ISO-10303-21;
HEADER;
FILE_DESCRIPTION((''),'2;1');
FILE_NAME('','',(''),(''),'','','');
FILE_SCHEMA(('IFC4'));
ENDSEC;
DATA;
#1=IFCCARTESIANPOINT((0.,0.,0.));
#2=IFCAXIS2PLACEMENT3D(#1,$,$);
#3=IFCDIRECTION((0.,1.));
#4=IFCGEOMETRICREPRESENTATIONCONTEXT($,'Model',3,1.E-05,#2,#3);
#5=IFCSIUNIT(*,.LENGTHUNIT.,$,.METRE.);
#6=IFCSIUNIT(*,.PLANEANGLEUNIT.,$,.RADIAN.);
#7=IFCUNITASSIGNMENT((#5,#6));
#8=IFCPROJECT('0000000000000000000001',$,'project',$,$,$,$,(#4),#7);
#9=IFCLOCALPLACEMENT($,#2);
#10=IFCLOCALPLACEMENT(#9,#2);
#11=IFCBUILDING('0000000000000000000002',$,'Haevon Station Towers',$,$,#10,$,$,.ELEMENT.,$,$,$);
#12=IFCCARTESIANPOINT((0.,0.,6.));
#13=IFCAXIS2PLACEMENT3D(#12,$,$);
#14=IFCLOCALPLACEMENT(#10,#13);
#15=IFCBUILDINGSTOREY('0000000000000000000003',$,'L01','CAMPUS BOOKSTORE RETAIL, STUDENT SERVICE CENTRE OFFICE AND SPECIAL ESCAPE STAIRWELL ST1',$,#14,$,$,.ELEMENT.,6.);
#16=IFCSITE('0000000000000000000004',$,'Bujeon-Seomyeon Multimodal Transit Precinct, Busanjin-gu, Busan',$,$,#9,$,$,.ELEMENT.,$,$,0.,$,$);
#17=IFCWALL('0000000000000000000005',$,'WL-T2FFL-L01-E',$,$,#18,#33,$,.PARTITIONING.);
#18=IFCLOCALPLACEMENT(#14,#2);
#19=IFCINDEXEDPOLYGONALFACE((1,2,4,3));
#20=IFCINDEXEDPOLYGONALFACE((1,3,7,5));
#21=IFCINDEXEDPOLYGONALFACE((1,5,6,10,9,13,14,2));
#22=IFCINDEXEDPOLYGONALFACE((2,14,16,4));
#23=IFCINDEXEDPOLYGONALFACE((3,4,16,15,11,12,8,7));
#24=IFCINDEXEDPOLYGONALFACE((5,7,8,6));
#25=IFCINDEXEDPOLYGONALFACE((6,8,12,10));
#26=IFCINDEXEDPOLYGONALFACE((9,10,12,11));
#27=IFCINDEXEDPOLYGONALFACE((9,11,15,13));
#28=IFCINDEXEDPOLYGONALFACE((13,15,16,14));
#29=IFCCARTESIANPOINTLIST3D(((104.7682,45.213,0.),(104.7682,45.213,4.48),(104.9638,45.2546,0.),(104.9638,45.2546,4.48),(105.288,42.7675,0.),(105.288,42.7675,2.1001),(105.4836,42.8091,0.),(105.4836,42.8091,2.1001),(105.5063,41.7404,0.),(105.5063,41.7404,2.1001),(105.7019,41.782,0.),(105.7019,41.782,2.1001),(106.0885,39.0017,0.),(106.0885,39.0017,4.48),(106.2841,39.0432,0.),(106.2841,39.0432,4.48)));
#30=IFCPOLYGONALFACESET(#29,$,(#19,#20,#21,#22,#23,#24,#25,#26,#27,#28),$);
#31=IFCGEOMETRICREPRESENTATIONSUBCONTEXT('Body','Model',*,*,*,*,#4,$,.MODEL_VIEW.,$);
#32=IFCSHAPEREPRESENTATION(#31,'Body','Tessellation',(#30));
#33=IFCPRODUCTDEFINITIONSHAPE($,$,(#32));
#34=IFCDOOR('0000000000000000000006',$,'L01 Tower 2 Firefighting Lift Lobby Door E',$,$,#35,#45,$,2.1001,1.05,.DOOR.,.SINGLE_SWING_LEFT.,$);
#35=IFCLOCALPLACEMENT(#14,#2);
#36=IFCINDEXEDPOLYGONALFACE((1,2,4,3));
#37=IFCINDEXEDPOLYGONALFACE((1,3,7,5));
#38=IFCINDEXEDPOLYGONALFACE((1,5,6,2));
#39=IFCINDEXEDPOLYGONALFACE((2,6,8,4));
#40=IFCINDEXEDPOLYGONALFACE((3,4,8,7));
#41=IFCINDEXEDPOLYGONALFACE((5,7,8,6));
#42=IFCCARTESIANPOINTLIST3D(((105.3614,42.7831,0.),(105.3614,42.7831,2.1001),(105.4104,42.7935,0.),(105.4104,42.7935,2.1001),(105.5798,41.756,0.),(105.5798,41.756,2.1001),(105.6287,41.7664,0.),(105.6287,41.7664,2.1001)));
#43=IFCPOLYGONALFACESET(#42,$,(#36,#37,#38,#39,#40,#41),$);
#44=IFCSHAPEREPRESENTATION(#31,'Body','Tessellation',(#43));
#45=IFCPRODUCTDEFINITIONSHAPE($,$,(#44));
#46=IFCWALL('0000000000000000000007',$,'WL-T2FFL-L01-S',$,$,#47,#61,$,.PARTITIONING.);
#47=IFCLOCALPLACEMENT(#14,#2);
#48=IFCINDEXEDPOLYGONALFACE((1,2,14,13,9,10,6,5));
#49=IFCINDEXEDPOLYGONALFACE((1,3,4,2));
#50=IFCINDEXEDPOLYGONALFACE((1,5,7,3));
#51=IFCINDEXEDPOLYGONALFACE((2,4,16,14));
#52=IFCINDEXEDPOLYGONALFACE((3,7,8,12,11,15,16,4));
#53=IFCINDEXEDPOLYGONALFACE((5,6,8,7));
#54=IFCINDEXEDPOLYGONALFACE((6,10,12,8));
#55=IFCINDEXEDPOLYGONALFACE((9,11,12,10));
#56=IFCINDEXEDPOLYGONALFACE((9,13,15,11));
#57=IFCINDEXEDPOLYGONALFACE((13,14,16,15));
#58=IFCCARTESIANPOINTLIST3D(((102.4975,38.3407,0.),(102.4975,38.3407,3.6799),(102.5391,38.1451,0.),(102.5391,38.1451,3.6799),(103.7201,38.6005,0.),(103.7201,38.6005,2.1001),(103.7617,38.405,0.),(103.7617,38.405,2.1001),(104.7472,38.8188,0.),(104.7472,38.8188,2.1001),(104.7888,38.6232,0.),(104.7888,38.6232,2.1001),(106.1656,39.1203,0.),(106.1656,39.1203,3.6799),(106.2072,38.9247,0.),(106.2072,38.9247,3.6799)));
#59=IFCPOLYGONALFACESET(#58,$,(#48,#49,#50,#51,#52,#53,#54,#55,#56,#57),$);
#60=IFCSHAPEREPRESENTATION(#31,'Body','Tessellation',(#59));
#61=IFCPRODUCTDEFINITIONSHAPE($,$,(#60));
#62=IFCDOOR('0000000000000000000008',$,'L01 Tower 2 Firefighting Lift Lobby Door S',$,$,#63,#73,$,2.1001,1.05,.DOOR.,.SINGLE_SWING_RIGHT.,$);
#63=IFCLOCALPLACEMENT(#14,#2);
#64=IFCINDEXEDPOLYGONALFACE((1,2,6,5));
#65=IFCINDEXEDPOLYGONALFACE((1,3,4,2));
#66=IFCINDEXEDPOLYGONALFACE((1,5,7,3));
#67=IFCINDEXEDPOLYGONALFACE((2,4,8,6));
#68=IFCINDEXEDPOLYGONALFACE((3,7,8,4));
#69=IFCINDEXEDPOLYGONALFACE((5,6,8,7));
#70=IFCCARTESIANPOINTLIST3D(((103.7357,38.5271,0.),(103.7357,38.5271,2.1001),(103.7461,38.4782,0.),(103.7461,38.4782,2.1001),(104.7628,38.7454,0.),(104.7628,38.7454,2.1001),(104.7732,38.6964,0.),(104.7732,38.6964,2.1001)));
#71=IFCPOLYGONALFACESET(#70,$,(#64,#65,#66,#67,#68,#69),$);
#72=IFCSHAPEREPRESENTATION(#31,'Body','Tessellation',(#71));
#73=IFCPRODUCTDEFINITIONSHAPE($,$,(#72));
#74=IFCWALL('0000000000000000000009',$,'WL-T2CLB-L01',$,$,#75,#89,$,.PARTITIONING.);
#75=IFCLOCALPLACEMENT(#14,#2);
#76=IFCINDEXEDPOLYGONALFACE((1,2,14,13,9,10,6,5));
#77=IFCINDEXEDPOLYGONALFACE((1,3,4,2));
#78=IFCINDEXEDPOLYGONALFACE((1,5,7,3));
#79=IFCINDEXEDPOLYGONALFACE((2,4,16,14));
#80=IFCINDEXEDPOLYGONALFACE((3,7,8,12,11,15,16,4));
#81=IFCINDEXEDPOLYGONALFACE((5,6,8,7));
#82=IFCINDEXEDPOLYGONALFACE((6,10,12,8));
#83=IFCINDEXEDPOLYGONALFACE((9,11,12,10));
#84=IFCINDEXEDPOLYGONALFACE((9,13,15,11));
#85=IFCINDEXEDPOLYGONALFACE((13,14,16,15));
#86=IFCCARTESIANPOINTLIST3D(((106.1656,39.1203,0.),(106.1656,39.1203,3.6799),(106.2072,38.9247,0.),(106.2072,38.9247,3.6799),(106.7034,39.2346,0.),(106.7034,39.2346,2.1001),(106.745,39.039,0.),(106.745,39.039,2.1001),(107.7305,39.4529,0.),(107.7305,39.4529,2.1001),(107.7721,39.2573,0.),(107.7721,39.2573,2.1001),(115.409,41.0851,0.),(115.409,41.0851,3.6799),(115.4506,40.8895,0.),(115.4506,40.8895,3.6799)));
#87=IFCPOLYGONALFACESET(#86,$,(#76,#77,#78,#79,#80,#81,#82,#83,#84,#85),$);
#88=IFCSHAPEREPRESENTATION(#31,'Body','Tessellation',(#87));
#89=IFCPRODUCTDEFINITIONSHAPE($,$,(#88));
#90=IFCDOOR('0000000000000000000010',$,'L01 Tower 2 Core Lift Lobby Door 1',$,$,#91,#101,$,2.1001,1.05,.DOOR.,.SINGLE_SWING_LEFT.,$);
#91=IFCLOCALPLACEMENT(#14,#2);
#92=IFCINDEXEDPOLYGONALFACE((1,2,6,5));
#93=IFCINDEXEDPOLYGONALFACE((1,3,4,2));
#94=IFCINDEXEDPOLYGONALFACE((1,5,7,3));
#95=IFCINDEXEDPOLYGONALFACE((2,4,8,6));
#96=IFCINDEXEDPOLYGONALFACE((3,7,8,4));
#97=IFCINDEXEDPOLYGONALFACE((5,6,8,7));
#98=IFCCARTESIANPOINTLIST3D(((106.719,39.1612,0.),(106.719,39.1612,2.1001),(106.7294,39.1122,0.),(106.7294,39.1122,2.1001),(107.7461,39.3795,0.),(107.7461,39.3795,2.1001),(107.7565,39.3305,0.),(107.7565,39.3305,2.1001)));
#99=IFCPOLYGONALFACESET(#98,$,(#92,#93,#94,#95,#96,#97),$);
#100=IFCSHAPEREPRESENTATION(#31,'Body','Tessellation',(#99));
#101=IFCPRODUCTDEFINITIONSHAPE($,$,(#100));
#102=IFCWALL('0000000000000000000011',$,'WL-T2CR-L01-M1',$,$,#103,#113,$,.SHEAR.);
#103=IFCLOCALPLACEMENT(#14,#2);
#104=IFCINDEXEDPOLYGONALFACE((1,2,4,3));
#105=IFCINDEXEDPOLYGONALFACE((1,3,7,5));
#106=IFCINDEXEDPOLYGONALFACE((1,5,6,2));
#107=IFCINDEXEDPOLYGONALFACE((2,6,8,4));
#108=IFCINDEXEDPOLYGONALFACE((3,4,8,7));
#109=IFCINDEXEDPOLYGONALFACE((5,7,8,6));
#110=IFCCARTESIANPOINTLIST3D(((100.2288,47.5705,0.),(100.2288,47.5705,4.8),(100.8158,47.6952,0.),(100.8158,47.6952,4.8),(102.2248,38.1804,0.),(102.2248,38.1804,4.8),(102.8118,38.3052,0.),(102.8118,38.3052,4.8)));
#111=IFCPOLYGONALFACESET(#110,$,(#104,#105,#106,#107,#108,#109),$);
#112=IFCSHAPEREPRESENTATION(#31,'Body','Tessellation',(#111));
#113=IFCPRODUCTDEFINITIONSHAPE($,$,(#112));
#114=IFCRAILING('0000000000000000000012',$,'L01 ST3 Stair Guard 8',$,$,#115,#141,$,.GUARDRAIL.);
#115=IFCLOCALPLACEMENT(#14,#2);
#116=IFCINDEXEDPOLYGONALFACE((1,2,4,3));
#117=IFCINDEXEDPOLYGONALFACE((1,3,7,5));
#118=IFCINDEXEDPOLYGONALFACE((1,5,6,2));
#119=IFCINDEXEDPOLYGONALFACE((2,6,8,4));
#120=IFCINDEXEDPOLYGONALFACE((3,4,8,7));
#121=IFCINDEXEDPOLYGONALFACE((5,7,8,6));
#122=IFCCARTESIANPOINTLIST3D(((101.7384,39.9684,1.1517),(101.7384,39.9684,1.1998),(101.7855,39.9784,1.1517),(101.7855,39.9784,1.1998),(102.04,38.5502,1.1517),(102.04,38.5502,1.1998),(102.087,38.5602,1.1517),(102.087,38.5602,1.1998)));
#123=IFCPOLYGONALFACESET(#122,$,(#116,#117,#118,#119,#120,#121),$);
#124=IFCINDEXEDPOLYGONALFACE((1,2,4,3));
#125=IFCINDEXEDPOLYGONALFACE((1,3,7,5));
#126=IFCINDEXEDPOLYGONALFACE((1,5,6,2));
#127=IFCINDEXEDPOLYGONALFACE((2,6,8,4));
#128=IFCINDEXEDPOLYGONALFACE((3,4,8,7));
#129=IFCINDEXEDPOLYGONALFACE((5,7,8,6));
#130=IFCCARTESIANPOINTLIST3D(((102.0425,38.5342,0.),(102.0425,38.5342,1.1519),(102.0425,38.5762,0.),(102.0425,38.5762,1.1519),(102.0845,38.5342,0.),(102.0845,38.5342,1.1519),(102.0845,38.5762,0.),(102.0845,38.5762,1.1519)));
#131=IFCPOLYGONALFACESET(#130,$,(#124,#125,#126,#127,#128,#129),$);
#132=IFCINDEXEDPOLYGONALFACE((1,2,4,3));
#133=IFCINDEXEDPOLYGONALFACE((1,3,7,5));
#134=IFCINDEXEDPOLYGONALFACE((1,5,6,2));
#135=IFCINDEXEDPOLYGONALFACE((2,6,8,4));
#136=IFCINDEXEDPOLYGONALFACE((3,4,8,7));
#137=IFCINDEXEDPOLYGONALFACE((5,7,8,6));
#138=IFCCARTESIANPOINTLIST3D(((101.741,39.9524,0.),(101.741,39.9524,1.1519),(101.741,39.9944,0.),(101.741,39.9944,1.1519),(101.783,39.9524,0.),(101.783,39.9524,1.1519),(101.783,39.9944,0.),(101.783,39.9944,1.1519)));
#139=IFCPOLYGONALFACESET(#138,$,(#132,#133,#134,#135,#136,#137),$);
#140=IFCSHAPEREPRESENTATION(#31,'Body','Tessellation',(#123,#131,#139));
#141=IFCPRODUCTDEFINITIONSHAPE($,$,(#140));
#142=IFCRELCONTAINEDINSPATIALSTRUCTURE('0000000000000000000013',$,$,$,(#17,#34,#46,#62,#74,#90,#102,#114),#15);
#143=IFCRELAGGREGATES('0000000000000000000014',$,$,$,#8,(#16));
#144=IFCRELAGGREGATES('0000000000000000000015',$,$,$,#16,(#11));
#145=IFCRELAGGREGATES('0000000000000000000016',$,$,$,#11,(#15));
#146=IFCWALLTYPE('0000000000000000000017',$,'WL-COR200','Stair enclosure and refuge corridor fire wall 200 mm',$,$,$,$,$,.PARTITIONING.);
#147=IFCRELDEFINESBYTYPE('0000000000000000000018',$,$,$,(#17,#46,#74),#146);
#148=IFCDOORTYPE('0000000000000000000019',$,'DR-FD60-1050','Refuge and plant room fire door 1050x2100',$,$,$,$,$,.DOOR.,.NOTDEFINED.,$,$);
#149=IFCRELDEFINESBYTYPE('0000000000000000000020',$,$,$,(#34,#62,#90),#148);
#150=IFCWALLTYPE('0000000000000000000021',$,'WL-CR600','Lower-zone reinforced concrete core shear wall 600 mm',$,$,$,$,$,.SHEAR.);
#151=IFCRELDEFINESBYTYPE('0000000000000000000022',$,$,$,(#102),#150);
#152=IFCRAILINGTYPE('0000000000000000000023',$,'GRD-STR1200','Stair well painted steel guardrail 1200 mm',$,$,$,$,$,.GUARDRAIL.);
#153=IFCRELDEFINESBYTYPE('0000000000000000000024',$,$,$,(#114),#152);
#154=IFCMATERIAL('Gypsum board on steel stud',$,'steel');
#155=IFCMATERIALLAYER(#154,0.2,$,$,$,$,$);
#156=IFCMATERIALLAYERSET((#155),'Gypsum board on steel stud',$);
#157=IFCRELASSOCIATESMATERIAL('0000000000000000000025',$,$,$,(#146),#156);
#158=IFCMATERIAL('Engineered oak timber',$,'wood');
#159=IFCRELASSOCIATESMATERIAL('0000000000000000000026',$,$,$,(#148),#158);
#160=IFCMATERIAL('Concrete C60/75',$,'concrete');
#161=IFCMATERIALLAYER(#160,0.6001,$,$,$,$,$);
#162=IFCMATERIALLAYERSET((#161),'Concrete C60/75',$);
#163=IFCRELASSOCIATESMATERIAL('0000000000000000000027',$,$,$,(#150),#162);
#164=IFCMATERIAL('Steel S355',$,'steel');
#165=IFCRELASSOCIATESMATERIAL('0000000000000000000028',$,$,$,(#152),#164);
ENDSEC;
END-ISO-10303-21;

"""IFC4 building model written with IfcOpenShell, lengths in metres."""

from ifc_helpers import new_model, si_unit, direction, frame, frame_2d, origin, origin_2d, place, context, subcontext, project, spatial, rectangle, extrude, material, layer, layer_set, type_object, element, fill, save


model = new_model("IFC4")

# Units and contexts
model_context = context("Model", 3, precision=1e-05, world=origin(), true_north=direction((0.0, 1.0)))
body_context = subcontext(model_context, "Body", "Model", "MODEL_VIEW")
ifc_project = project(units=[si_unit("LENGTHUNIT", "METRE"), si_unit("PLANEANGLEUNIT", "RADIAN")], contexts=[model_context])

# Site, building, storey
site_placement = place(None, origin())
site = spatial("IfcSite", under=ifc_project, at=site_placement, Name="Bujeon-Seomyeon Multimodal Transit Precinct, Busanjin-gu, Busan", CompositionType="ELEMENT", RefElevation=0.0)
building_placement = place(site_placement, origin())
building = spatial("IfcBuilding", under=site, at=building_placement, Name="Haevon Station Towers", CompositionType="ELEMENT")
storey_placement = place(building_placement, frame((0.0, 0.0, 6.0)))
storey = spatial("IfcBuildingStorey", under=building, at=storey_placement, Name="L01", Description="CAMPUS BOOKSTORE RETAIL, STUDENT SERVICE CENTRE OFFICE AND SPECIAL ESCAPE STAIRWELL ST1", CompositionType="ELEMENT", Elevation=6.0)

# Shared definitions
ifc_material_1 = material(Name="Steel S355", Category="steel")

# Walls, openings, doors
ifc_material_2 = material(Name="Gypsum board on steel stud", Category="steel")
ifc_layer_1 = layer(ifc_material_2, 0.2)
ifc_layer_set_1 = layer_set([ifc_layer_1], Name="Gypsum board on steel stud")
wall_type_1 = type_object("IfcWallType", Name="WL-COR200", Description="Stair enclosure and refuge corridor fire wall 200 mm", PredefinedType="PARTITIONING", material=ifc_layer_set_1)
wall_1_placement = place(storey_placement, frame((106.1863, 39.0225, 0.0), z_axis=(0.0, 0.0, 1.0), x_axis=(-0.207917, 0.978147, 0.0)))
wall_1 = element("IfcWall", 1, at=wall_1_placement, inside=storey, type_object=wall_type_1, Name="WL-T2FFL-L01-E", PredefinedType="PARTITIONING", context=body_context, shape_type="SweptSolid", body=[
    extrude(rectangle(XDim=6.3501, YDim=0.2, at=frame_2d((3.175, 0.0))), origin(), (0.0, 0.0, 1.0), 4.48),
])
opening_1_placement = place(wall_1_placement, frame((2.8, 0.0, 0.0)))
opening_1 = element("IfcOpeningElement", 2, at=opening_1_placement, cuts=wall_1, PredefinedType="OPENING", context=body_context, shape_type="SweptSolid", body=[
    extrude(rectangle(XDim=1.05, YDim=2.1001, at=frame_2d((0.5249, 1.05))), frame((0.0, 0.1099, 0.0), z_axis=(0.0, -1.0, 0.0), x_axis=(1.0, 0.0, 0.0)), (0.0, 0.0, 1.0), 0.22),
])
ifc_material_3 = material(Name="Engineered oak timber", Category="wood")
door_type = type_object("IfcDoorType", Name="DR-FD60-1050", Description="Refuge and plant room fire door 1050x2100", OperationType="NOTDEFINED", PredefinedType="DOOR", material=ifc_material_3)
door_1_placement = place(opening_1_placement, origin())
door_1 = element("IfcDoor", 3, at=door_1_placement, inside=storey, type_object=door_type, Name="L01 Tower 2 Firefighting Lift Lobby Door E", OperationType="SINGLE_SWING_LEFT", OverallHeight=2.1001, OverallWidth=1.05, PredefinedType="DOOR", context=body_context, shape_type="SweptSolid", body=[
    extrude(rectangle(XDim=1.05, YDim=2.1001, at=frame_2d((0.5249, 1.05))), frame((0.0, 0.0249, 0.0), z_axis=(0.0, -1.0, 0.0), x_axis=(1.0, 0.0, 0.0)), (0.0, 0.0, 1.0), 0.05),
])
fill(opening_1, door_1)
wall_2_placement = place(storey_placement, frame((102.5183, 38.2429, 0.0), z_axis=(0.0, 0.0, 1.0), x_axis=(0.978154, 0.207884, 0.0)))
wall_2 = element("IfcWall", 4, at=wall_2_placement, inside=storey, type_object=wall_type_1, Name="WL-T2FFL-L01-S", PredefinedType="PARTITIONING", context=body_context, shape_type="SweptSolid", body=[
    extrude(rectangle(XDim=3.75, YDim=0.2, at=frame_2d((1.875, 0.0))), origin(), (0.0, 0.0, 1.0), 3.6799),
])
opening_2_placement = place(wall_2_placement, frame((1.25, 0.0, 0.0)))
opening_2 = element("IfcOpeningElement", 5, at=opening_2_placement, cuts=wall_2, PredefinedType="OPENING", context=body_context, shape_type="SweptSolid", body=[
    extrude(rectangle(XDim=1.05, YDim=2.1001, at=frame_2d((0.5249, 1.05))), frame((0.0, 0.1099, 0.0), z_axis=(0.0, -1.0, 0.0), x_axis=(1.0, 0.0, 0.0)), (0.0, 0.0, 1.0), 0.22),
])
door_2_placement = place(opening_2_placement, origin())
door_2 = element("IfcDoor", 6, at=door_2_placement, inside=storey, type_object=door_type, Name="L01 Tower 2 Firefighting Lift Lobby Door S", OperationType="SINGLE_SWING_RIGHT", OverallHeight=2.1001, OverallWidth=1.05, PredefinedType="DOOR", context=body_context, shape_type="SweptSolid", body=[
    extrude(rectangle(XDim=1.05, YDim=2.1001, at=frame_2d((0.5249, 1.05))), frame((0.0, 0.0249, 0.0), z_axis=(0.0, -1.0, 0.0), x_axis=(1.0, 0.0, 0.0)), (0.0, 0.0, 1.0), 0.05),
])
fill(opening_2, door_2)
wall_3_placement = place(storey_placement, frame((106.1863, 39.0225, 0.0), z_axis=(0.0, 0.0, 1.0), x_axis=(0.978146, 0.207921, 0.0)))
wall_3 = element("IfcWall", 7, at=wall_3_placement, inside=storey, type_object=wall_type_1, Name="WL-T2CLB-L01", PredefinedType="PARTITIONING", context=body_context, shape_type="SweptSolid", body=[
    extrude(rectangle(XDim=9.45, YDim=0.2, at=frame_2d((4.7251, 0.0))), origin(), (0.0, 0.0, 1.0), 3.6799),
])
opening_3_placement = place(wall_3_placement, frame((0.55, 0.0, 0.0)))
opening_3 = element("IfcOpeningElement", 8, at=opening_3_placement, cuts=wall_3, PredefinedType="OPENING", context=body_context, shape_type="SweptSolid", body=[
    extrude(rectangle(XDim=1.05, YDim=2.1001, at=frame_2d((0.5249, 1.05))), frame((0.0, 0.1099, 0.0), z_axis=(0.0, -1.0, 0.0), x_axis=(1.0, 0.0, 0.0)), (0.0, 0.0, 1.0), 0.22),
])
door_3_placement = place(opening_3_placement, origin())
door_3 = element("IfcDoor", 9, at=door_3_placement, inside=storey, type_object=door_type, Name="L01 Tower 2 Core Lift Lobby Door 1", OperationType="SINGLE_SWING_LEFT", OverallHeight=2.1001, OverallWidth=1.05, PredefinedType="DOOR", context=body_context, shape_type="SweptSolid", body=[
    extrude(rectangle(XDim=1.05, YDim=2.1001, at=frame_2d((0.5249, 1.05))), frame((0.0, 0.0249, 0.0), z_axis=(0.0, -1.0, 0.0), x_axis=(1.0, 0.0, 0.0)), (0.0, 0.0, 1.0), 0.05),
])
fill(opening_3, door_3)

# Wall
ifc_material_4 = material(Name="Concrete C60/75", Category="concrete")
ifc_layer_2 = layer(ifc_material_4, 0.6001)
ifc_layer_set_2 = layer_set([ifc_layer_2], Name="Concrete C60/75")
wall_type_2 = type_object("IfcWallType", Name="WL-CR600", Description="Lower-zone reinforced concrete core shear wall 600 mm", PredefinedType="SHEAR", material=ifc_layer_set_2)
wall_4_placement = place(storey_placement, frame((102.5183, 38.2429, 0.0), z_axis=(0.0, 0.0, 1.0), x_axis=(-0.207927, 0.978144, 0.0)))
element("IfcWall", 10, at=wall_4_placement, inside=storey, type_object=wall_type_2, Name="WL-T2CR-L01-M1", PredefinedType="SHEAR", context=body_context, shape_type="SweptSolid", body=[
    extrude(rectangle(XDim=9.5999, YDim=0.6001, at=frame_2d((4.7998, 0.0))), origin(), (0.0, 0.0, 1.0), 4.8),
])

# Railing
railing_type = type_object("IfcRailingType", Name="GRD-STR1200", Description="Stair well painted steel guardrail 1200 mm", PredefinedType="GUARDRAIL", material=ifc_material_1)
railing_placement = place(storey_placement, frame((102.0635, 38.5552, 0.0)))
element("IfcRailing", 11, at=railing_placement, inside=storey, type_object=railing_type, Name="L01 ST3 Stair Guard 8", PredefinedType="GUARDRAIL", context=body_context, shape_type="SweptSolid", body=[
    extrude(rectangle(XDim=0.0481, YDim=0.0481, at=origin_2d()), frame((0.0, 0.0, 1.1758), z_axis=(-0.207953, 0.978139, 0.0), x_axis=(-0.978139, -0.207953, 0.0)), (0.0, 0.0, 1.0), 1.45),
    extrude(rectangle(XDim=0.042, YDim=0.042, at=origin_2d()), origin(), (0.0, 0.0, 1.0), 1.1519),
    extrude(rectangle(XDim=0.042, YDim=0.042, at=origin_2d()), frame((-0.3015, 1.4182, 0.0)), (0.0, 0.0, 1.0), 1.1519),
])

save(model, "model.ifc")
